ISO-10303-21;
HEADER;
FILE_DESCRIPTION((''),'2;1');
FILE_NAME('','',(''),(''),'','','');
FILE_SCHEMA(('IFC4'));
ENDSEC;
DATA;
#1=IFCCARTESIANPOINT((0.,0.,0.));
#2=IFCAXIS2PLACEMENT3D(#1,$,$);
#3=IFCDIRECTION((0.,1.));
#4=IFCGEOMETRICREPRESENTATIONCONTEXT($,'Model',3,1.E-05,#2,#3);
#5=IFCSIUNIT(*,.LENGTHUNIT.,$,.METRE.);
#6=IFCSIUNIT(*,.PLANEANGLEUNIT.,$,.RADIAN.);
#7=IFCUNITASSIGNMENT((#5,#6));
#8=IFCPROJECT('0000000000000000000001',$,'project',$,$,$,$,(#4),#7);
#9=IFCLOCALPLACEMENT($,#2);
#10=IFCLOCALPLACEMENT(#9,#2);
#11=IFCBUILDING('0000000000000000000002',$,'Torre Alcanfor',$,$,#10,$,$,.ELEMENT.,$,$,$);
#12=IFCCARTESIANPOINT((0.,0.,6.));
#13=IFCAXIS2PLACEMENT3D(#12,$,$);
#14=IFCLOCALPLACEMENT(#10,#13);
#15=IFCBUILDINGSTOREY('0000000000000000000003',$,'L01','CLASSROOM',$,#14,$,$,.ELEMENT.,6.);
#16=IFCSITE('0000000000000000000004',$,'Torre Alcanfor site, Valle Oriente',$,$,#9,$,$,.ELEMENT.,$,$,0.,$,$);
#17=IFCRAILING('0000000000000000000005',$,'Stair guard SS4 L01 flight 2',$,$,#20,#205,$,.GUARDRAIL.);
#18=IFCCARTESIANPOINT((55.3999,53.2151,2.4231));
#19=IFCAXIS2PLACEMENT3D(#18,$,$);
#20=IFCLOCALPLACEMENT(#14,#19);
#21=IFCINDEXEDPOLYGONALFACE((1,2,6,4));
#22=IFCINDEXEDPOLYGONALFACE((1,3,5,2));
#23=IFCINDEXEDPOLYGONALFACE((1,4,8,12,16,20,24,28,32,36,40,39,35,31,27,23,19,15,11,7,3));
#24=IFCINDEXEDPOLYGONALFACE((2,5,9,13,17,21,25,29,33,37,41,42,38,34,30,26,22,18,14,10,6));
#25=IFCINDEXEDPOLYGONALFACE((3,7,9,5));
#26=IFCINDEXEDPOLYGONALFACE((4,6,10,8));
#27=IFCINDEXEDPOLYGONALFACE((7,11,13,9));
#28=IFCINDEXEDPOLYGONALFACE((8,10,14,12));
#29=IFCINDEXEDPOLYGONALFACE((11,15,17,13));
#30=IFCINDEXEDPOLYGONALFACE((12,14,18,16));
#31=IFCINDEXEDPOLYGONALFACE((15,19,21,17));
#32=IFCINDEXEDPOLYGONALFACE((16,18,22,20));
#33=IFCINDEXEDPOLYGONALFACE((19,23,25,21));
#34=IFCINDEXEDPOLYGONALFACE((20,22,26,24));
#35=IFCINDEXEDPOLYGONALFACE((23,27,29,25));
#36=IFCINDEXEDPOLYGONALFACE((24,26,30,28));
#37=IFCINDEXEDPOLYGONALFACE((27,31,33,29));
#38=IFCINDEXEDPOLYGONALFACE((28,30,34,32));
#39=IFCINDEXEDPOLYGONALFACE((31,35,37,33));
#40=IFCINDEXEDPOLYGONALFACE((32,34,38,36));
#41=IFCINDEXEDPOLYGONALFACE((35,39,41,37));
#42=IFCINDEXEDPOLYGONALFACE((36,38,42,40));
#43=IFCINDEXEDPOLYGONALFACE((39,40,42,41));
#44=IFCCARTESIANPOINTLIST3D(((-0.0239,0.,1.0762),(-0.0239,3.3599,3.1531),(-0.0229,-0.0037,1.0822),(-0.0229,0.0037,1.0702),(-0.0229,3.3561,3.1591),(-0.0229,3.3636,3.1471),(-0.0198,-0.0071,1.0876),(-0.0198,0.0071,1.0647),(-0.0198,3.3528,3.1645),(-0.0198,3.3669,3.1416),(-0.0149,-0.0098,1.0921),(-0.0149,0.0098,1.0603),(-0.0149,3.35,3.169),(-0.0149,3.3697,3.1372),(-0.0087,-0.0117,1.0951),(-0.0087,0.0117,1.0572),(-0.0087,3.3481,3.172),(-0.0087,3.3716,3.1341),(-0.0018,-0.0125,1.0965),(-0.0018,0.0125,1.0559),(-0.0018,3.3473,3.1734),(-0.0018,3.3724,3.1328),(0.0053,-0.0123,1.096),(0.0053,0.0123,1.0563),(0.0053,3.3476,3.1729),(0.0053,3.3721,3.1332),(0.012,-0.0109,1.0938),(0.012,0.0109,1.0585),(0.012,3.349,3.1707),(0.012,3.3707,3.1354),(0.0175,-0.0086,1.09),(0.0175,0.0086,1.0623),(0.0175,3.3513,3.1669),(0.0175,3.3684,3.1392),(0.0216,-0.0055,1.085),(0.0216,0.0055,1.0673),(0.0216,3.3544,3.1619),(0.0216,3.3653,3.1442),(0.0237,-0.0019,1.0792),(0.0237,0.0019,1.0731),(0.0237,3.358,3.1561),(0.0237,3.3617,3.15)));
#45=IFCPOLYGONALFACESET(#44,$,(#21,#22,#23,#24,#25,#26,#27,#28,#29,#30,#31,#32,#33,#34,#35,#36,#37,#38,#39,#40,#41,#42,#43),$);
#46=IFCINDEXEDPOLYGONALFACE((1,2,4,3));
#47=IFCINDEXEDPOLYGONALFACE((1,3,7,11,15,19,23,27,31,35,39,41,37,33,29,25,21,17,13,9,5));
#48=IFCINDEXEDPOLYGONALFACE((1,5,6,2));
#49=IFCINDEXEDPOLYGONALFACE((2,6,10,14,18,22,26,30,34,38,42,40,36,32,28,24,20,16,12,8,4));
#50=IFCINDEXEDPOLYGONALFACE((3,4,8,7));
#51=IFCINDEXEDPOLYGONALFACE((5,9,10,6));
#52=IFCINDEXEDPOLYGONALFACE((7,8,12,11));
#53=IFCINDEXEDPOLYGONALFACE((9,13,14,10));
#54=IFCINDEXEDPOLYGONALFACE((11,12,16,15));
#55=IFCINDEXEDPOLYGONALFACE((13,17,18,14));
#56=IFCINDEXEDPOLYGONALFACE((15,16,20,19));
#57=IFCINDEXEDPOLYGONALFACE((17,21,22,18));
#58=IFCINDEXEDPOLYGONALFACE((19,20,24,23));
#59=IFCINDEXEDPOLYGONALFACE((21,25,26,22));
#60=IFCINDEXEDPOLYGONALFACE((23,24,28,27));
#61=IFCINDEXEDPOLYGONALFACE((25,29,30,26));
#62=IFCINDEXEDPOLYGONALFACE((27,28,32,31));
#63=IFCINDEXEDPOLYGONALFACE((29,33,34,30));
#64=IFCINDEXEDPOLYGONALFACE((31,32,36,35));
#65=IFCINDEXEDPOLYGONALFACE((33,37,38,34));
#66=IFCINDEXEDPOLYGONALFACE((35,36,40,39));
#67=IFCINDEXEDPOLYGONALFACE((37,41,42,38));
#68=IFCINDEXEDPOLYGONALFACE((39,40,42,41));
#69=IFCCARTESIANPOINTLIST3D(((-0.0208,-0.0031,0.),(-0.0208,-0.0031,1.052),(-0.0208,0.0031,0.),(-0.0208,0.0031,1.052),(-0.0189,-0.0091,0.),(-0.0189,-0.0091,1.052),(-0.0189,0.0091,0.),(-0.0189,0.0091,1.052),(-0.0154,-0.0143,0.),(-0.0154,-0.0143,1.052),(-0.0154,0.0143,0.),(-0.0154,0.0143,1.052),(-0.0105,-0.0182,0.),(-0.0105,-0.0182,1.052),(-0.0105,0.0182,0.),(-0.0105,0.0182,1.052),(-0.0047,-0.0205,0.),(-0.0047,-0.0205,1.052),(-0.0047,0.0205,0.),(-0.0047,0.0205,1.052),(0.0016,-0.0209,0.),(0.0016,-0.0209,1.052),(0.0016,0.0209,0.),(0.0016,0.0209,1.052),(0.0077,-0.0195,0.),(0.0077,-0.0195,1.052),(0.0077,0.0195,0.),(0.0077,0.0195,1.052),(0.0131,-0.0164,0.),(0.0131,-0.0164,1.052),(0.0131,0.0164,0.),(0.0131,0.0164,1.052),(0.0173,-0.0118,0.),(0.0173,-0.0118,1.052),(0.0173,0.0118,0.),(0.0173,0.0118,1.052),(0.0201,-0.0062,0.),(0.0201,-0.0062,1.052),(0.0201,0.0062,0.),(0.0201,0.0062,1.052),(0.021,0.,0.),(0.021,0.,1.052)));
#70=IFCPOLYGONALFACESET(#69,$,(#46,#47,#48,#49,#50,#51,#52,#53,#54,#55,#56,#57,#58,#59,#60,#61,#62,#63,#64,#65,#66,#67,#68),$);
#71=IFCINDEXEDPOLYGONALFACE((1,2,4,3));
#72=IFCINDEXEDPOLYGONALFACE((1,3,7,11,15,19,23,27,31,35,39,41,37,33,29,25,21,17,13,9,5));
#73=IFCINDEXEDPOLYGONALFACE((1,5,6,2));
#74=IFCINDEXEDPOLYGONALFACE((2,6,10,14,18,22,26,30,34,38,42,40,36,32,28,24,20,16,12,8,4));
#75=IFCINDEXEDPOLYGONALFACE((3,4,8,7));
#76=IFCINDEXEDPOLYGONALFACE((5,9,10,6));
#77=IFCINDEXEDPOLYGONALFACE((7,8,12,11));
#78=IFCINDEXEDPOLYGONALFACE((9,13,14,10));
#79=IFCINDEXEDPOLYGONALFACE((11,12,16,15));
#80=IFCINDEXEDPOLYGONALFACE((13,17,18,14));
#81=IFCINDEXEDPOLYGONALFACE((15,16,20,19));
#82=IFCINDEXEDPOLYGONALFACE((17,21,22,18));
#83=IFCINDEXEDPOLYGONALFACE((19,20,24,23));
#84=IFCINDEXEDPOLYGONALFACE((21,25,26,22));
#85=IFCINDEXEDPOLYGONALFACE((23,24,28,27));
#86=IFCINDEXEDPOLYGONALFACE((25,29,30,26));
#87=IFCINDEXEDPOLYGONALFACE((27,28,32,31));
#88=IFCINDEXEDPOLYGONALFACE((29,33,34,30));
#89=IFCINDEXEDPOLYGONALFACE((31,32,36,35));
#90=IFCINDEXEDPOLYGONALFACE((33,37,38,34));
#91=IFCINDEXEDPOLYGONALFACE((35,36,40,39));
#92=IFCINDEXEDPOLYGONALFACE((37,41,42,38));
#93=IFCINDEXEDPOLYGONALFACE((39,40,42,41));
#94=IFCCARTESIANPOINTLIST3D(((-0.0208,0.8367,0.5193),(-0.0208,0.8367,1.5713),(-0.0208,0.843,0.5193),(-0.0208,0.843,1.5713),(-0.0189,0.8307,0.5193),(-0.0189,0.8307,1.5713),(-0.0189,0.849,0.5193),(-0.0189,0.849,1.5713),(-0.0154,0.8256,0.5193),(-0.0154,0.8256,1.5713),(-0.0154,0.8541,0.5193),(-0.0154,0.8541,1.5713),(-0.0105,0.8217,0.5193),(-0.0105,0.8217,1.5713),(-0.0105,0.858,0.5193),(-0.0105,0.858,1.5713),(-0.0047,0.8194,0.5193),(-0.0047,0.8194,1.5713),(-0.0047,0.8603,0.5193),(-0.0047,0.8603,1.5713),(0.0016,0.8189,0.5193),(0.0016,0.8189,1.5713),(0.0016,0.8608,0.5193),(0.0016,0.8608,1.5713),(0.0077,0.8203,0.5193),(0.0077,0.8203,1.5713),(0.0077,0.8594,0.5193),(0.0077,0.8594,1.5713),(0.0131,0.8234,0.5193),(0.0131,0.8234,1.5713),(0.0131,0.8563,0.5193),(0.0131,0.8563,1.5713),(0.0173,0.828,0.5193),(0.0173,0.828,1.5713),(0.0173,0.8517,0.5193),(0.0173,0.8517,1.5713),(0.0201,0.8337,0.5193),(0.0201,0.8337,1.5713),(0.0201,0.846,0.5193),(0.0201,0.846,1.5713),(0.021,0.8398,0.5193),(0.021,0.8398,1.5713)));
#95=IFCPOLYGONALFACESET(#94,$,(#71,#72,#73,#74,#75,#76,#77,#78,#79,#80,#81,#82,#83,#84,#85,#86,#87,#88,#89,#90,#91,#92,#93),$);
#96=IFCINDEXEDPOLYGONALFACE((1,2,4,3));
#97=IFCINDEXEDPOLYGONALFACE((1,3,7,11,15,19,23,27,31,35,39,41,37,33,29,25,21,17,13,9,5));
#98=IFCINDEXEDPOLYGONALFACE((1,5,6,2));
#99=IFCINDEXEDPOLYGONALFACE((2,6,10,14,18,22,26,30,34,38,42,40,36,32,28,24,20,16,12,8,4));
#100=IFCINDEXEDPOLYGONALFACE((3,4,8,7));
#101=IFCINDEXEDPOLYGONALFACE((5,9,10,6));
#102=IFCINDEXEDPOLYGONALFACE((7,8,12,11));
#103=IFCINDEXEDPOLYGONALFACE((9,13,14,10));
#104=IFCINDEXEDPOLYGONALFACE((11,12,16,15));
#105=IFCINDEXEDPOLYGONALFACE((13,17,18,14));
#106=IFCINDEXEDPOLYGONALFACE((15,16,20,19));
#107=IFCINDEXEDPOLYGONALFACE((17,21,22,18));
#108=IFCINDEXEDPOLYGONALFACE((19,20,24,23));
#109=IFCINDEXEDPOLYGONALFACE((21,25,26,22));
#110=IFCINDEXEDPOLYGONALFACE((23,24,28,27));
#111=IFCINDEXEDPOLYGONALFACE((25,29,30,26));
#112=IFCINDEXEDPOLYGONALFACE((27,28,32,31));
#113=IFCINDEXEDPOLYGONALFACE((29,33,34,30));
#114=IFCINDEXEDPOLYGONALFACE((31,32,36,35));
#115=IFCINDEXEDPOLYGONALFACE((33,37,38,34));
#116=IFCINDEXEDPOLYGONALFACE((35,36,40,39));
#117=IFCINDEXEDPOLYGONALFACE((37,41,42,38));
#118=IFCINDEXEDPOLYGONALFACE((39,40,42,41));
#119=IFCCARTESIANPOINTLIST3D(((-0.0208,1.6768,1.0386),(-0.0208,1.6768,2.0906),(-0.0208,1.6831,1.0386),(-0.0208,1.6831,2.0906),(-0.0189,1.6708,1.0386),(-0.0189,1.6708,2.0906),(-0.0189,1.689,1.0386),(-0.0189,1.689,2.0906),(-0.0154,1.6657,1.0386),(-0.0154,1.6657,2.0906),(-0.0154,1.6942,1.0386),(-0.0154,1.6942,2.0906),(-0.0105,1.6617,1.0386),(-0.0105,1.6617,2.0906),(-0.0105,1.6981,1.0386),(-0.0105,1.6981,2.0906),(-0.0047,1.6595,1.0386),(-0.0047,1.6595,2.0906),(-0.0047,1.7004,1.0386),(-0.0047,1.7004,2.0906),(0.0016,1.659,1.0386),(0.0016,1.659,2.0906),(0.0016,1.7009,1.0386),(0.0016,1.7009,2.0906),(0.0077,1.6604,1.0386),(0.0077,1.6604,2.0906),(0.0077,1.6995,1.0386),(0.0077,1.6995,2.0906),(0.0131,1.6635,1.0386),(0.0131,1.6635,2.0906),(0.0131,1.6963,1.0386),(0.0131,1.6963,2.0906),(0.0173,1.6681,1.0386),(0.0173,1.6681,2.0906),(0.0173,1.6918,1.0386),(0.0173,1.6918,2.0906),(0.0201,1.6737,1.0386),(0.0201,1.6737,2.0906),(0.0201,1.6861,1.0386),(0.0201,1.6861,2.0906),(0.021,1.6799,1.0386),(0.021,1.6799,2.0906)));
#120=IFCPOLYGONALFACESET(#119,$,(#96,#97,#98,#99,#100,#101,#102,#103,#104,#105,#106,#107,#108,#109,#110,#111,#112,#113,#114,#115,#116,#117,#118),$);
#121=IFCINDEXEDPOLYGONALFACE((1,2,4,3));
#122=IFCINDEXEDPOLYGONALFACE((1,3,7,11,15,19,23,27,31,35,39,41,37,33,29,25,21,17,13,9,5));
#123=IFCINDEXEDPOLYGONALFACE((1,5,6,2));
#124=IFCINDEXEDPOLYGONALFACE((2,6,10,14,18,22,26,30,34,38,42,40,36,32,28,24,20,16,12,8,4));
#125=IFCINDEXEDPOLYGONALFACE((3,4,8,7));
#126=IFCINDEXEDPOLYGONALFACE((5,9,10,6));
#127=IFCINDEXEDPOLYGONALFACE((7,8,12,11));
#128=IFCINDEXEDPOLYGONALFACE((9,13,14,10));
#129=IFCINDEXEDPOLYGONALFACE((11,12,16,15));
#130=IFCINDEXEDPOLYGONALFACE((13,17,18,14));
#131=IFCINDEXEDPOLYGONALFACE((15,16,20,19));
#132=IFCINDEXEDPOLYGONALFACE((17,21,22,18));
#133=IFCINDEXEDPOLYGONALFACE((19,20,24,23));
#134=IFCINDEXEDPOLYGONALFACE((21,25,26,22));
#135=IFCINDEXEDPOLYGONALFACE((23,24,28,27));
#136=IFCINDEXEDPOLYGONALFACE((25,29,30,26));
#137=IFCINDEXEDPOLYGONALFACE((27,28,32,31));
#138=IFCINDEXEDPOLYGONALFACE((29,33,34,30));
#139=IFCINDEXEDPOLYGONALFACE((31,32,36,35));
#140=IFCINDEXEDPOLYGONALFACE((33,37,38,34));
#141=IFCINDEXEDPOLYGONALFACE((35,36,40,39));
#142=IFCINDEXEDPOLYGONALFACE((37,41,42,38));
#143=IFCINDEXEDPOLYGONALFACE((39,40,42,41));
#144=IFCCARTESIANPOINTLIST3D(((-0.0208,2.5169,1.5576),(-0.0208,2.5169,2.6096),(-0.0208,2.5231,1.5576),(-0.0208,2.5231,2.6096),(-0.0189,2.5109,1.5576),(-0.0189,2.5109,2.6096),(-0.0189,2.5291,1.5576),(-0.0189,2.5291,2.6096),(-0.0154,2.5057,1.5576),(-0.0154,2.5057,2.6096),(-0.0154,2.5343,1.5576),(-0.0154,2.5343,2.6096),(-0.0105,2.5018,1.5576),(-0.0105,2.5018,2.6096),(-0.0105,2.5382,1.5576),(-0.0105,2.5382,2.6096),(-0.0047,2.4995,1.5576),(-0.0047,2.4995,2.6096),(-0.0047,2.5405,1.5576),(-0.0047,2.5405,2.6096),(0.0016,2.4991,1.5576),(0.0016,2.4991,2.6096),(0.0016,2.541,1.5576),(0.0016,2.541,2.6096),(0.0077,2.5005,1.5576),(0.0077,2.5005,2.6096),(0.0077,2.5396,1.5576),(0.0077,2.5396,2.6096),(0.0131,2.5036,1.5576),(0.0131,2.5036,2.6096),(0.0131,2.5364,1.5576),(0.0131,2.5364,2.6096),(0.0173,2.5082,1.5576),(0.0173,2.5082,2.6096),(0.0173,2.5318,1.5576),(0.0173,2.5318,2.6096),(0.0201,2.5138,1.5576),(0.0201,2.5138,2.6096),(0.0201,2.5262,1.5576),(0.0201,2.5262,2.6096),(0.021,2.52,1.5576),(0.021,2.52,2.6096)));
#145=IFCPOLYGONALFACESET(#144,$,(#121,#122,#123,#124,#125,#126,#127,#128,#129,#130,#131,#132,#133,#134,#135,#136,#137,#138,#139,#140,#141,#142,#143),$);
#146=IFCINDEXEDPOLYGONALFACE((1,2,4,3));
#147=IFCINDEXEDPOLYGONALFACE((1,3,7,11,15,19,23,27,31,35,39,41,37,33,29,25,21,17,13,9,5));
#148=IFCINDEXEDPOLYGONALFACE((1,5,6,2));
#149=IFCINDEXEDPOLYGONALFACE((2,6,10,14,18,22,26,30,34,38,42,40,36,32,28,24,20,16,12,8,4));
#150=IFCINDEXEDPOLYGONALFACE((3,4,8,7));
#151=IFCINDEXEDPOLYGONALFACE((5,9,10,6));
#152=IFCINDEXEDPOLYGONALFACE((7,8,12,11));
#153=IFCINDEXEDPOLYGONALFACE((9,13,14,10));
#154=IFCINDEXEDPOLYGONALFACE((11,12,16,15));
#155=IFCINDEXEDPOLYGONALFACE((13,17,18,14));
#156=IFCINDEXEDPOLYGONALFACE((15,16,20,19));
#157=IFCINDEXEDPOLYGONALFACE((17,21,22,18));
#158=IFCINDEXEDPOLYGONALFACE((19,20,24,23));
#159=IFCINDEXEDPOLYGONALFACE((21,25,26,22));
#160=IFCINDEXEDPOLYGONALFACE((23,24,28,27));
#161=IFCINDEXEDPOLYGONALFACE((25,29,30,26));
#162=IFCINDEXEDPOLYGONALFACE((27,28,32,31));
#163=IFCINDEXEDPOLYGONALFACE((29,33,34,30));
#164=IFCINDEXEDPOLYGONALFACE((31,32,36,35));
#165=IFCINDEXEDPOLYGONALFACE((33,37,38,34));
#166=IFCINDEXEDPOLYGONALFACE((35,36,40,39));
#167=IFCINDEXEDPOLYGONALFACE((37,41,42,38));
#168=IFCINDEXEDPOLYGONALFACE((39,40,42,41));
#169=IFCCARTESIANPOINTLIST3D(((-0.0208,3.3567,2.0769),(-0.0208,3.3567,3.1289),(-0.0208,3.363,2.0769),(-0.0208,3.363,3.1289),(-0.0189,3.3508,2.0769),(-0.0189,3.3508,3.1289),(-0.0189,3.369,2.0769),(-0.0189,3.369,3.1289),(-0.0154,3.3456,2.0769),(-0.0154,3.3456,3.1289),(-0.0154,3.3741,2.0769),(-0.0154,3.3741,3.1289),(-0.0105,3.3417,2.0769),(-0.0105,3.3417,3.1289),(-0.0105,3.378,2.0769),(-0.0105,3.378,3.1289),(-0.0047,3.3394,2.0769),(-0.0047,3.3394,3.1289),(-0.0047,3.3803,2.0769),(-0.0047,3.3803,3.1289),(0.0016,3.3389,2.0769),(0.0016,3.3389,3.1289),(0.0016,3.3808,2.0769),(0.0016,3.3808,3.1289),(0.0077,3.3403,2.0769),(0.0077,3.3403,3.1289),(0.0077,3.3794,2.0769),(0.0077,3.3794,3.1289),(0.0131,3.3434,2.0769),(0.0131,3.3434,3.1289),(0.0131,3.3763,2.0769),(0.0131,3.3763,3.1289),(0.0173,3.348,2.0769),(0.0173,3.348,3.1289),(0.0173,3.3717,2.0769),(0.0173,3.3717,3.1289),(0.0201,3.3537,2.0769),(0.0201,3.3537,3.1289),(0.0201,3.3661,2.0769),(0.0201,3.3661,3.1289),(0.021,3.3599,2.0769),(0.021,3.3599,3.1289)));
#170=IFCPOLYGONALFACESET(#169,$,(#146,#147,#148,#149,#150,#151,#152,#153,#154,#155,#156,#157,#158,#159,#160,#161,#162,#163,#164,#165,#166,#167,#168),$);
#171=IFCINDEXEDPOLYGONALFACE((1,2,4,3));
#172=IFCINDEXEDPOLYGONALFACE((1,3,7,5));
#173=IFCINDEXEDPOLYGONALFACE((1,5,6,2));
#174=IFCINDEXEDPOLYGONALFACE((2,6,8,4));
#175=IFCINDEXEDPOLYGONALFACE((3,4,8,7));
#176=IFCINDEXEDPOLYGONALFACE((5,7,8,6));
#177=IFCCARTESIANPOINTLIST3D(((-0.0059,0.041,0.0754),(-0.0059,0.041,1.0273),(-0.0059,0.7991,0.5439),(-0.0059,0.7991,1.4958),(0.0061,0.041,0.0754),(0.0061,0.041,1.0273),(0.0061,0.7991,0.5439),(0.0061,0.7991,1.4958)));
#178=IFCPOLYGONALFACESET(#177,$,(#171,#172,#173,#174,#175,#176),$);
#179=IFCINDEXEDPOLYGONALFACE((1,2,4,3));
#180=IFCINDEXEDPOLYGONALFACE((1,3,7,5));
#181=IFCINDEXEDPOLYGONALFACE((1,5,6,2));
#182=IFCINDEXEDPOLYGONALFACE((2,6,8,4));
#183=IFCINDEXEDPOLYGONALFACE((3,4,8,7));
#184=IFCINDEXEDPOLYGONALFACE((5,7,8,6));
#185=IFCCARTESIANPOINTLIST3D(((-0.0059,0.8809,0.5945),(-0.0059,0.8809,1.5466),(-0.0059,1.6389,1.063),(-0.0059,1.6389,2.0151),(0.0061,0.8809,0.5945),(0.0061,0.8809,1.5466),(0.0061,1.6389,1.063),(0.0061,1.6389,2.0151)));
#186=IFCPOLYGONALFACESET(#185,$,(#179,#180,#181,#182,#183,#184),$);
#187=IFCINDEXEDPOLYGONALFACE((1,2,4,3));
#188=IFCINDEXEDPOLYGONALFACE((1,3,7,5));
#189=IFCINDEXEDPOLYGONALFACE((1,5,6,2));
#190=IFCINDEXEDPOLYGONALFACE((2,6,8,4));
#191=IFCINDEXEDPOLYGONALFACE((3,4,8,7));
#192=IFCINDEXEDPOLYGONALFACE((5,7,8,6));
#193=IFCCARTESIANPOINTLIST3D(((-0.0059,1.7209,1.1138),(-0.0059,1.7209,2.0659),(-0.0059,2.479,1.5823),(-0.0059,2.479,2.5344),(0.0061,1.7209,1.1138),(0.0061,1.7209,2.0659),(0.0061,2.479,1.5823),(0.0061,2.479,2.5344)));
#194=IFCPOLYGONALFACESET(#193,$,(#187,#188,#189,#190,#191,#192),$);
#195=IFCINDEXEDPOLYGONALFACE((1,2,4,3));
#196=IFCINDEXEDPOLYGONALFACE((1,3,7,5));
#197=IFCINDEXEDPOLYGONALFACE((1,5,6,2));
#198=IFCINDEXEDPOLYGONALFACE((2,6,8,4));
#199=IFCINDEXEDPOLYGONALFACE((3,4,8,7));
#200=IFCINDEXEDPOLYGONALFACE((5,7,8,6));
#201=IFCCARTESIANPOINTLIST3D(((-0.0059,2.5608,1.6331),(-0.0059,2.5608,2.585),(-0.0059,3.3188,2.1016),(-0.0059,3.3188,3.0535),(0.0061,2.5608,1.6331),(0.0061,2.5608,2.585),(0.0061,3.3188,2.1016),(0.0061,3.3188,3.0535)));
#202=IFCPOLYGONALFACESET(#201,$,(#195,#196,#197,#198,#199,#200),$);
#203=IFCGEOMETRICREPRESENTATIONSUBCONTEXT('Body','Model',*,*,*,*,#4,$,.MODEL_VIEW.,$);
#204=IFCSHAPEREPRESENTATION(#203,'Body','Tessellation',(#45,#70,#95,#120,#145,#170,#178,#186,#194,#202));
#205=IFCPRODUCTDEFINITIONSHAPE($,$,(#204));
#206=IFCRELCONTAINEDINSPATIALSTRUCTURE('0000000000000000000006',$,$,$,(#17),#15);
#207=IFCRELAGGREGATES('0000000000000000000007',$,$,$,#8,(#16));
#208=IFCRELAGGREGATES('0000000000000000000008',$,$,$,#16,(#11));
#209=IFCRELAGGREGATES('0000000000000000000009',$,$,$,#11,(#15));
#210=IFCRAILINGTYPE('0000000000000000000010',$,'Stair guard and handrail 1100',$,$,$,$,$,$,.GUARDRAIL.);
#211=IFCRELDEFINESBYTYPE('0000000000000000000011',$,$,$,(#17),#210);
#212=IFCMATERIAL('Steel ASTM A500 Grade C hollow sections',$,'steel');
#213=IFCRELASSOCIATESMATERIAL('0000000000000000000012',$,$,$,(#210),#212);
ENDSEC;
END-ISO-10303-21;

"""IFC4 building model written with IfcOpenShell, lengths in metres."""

from ifc_helpers import new_model, si_unit, direction, frame, origin, origin_2d, place, context, subcontext, project, spatial, polyline, circle, outline, extrude, material, type_object, element, save


model = new_model("IFC4")

# Units and contexts
model_context = context("Model", 3, precision=1e-05, world=origin(), true_north=direction((0.0, 1.0)))
body_context = subcontext(model_context, "Body", "Model", "MODEL_VIEW")
ifc_project = project(units=[si_unit("LENGTHUNIT", "METRE"), si_unit("PLANEANGLEUNIT", "RADIAN")], contexts=[model_context])

# Site, building, storey
site_placement = place(None, origin())
site = spatial("IfcSite", under=ifc_project, at=site_placement, Name="Torre Alcanfor site, Valle Oriente", CompositionType="ELEMENT", RefElevation=0.0)
building_placement = place(site_placement, origin())
building = spatial("IfcBuilding", under=site, at=building_placement, Name="Torre Alcanfor", CompositionType="ELEMENT")
storey_placement = place(building_placement, frame((0.0, 0.0, 6.0)))
storey = spatial("IfcBuildingStorey", under=building, at=storey_placement, Name="L01", Description="CLASSROOM", CompositionType="ELEMENT", Elevation=6.0)

# Railing
ifc_material_1 = material(Name="Steel ASTM A500 Grade C hollow sections", Category="steel")
railing_type = type_object("IfcRailingType", Name="Stair guard and handrail 1100", PredefinedType="GUARDRAIL", material=ifc_material_1)
railing_1_placement = place(storey_placement, frame((55.3999, 53.2151, 2.4231)))
element("IfcRailing", 1, at=railing_1_placement, inside=storey, type_object=railing_type, Name="Stair guard SS4 L01 flight 2", PredefinedType="GUARDRAIL", context=body_context, shape_type="SweptSolid", body=[
    extrude(circle(Radius=0.0239, at=origin_2d()), frame((0.0, 0.0, 1.0762), z_axis=(0.0, 0.850606, 0.525803), x_axis=(-1.0, 0.0, 0.0)), (0.0, 0.0, 1.0), 3.95),
    extrude(circle(Radius=0.021, at=origin_2d()), origin(), (0.0, 0.0, 1.0), 1.052),
    extrude(circle(Radius=0.021, at=origin_2d()), frame((0.0, 0.8398, 0.5193)), (0.0, 0.0, 1.0), 1.052),
    extrude(circle(Radius=0.021, at=origin_2d()), frame((0.0, 1.6799, 1.0386)), (0.0, 0.0, 1.0), 1.052),
    extrude(circle(Radius=0.021, at=origin_2d()), frame((0.0, 2.52, 1.5576)), (0.0, 0.0, 1.0), 1.052),
    extrude(circle(Radius=0.021, at=origin_2d()), frame((0.0, 3.3599, 2.0769)), (0.0, 0.0, 1.0), 1.052),
    extrude(outline(polyline([(0.041, 0.0754), (0.7991, 0.5439), (0.7991, 1.4958), (0.041, 1.0273), (0.041, 0.0754)])), frame((-0.0059, 0.0, 0.0), z_axis=(1.0, 0.0, 0.0), x_axis=(0.0, 1.0, 0.0)), (0.0, 0.0, 1.0), 0.012),
    extrude(outline(polyline([(0.8809, 0.5945), (1.6389, 1.063), (1.6389, 2.0151), (0.8809, 1.5466), (0.8809, 0.5945)])), frame((-0.0059, 0.0, 0.0), z_axis=(1.0, 0.0, 0.0), x_axis=(0.0, 1.0, 0.0)), (0.0, 0.0, 1.0), 0.012),
    extrude(outline(polyline([(1.7209, 1.1138), (2.479, 1.5823), (2.479, 2.5344), (1.7209, 2.0659), (1.7209, 1.1138)])), frame((-0.0059, 0.0, 0.0), z_axis=(1.0, 0.0, 0.0), x_axis=(0.0, 1.0, 0.0)), (0.0, 0.0, 1.0), 0.012),
    extrude(outline(polyline([(2.5608, 1.6331), (3.3188, 2.1016), (3.3188, 3.0535), (2.5608, 2.585), (2.5608, 1.6331)])), frame((-0.0059, 0.0, 0.0), z_axis=(1.0, 0.0, 0.0), x_axis=(0.0, 1.0, 0.0)), (0.0, 0.0, 1.0), 0.012),
])

save(model, "model.ifc")
